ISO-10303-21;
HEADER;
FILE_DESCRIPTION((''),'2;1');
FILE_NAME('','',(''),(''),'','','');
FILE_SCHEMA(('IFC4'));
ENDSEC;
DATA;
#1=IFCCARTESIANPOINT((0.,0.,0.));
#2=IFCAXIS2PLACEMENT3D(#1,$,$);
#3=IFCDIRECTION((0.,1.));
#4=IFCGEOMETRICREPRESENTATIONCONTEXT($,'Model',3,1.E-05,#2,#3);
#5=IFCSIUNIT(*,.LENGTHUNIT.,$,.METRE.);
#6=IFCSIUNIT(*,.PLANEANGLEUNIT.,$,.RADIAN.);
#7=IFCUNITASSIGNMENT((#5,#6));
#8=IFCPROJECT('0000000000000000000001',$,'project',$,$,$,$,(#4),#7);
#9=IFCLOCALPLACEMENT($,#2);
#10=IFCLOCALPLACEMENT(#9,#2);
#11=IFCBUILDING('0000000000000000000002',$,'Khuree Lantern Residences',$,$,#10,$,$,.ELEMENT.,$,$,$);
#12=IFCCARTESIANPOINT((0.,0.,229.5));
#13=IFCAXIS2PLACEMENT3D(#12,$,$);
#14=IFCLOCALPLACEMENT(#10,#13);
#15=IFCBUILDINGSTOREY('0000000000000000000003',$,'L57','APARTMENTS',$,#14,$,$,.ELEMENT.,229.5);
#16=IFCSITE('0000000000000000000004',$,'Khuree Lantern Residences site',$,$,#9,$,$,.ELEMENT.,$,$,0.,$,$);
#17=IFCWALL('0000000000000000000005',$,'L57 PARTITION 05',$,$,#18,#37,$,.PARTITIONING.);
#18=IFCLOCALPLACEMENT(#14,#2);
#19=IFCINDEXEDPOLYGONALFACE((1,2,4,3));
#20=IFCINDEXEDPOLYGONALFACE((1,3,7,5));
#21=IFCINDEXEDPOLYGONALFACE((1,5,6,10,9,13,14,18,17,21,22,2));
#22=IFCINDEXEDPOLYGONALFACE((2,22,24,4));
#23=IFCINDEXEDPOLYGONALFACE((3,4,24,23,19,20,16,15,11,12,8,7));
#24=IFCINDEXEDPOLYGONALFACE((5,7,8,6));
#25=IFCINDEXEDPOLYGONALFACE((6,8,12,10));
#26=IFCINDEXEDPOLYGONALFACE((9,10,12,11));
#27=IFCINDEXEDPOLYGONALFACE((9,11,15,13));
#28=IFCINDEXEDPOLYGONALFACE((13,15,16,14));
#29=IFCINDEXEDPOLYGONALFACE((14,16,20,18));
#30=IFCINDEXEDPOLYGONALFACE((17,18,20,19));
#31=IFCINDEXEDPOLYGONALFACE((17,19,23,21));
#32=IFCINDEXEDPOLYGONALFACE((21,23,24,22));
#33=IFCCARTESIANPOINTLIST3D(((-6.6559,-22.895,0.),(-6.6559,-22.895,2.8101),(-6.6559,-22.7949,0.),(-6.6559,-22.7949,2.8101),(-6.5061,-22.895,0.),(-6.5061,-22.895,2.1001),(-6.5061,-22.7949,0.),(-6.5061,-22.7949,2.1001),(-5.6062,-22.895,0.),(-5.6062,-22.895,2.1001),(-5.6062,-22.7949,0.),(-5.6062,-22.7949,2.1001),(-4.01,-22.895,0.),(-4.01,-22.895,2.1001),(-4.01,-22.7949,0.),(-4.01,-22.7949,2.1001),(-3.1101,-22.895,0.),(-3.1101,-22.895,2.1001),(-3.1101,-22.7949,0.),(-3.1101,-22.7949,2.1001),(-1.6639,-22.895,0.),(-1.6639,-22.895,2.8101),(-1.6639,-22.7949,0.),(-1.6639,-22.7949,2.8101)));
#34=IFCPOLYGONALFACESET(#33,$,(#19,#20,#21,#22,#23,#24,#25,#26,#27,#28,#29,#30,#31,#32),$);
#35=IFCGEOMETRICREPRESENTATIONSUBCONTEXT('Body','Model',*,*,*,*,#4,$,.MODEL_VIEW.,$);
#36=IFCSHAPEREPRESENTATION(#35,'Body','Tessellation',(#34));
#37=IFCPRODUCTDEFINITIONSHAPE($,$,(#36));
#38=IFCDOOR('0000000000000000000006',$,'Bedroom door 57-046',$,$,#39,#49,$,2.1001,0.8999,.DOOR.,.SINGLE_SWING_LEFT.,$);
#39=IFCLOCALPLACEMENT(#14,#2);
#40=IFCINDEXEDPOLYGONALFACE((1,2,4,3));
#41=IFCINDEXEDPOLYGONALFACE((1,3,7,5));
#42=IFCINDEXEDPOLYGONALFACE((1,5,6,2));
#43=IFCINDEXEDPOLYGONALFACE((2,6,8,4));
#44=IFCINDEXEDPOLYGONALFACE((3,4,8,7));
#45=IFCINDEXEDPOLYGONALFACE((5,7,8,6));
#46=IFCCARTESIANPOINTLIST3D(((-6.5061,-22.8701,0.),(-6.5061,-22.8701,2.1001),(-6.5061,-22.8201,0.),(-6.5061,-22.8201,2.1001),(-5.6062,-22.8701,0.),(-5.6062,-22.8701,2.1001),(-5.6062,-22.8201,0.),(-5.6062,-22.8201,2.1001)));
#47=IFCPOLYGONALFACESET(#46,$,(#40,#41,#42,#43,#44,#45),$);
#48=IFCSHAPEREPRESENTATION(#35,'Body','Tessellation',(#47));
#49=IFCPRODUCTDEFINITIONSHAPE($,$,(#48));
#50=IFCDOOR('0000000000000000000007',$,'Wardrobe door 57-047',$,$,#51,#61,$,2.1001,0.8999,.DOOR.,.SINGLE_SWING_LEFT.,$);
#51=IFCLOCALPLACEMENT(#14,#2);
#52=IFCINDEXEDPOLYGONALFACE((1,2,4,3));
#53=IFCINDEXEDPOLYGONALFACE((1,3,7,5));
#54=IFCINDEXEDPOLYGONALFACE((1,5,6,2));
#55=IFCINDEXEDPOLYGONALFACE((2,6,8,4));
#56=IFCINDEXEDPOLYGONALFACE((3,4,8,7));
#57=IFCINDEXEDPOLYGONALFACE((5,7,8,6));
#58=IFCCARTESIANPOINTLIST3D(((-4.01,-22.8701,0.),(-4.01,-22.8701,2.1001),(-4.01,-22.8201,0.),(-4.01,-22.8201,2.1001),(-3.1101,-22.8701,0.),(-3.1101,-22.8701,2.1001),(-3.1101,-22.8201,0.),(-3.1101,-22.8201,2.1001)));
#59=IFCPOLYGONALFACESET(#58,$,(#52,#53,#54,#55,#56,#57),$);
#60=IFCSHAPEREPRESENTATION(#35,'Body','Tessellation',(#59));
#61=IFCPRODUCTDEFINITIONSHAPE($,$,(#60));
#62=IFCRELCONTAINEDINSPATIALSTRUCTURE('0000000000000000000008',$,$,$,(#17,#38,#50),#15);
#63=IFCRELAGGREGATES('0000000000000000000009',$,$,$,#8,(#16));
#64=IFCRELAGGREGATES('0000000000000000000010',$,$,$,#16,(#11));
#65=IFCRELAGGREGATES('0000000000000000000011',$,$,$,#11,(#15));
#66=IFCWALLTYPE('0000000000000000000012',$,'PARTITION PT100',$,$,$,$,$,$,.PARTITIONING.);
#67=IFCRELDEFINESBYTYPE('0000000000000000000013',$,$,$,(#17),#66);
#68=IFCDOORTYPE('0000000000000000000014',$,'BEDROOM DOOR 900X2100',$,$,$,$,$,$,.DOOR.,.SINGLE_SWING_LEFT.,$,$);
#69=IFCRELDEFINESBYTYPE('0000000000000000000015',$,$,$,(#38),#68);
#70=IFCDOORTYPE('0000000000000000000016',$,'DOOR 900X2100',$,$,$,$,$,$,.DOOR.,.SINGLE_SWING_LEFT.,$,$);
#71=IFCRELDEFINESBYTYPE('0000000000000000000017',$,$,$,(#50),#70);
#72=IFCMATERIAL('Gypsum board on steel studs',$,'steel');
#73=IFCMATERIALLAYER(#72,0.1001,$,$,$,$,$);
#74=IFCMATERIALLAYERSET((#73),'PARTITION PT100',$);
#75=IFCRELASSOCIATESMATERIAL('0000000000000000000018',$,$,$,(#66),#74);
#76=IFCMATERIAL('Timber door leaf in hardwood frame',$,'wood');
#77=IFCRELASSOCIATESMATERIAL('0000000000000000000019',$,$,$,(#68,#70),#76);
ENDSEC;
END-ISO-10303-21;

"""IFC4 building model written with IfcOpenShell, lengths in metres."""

from ifc_helpers import new_model, si_unit, direction, frame, frame_2d, origin, place, context, subcontext, project, spatial, rectangle, extrude, material, layer, layer_set, type_object, element, fill, save


model = new_model("IFC4")

# Units and contexts
model_context = context("Model", 3, precision=1e-05, world=origin(), true_north=direction((0.0, 1.0)))
body_context = subcontext(model_context, "Body", "Model", "MODEL_VIEW")
ifc_project = project(units=[si_unit("LENGTHUNIT", "METRE"), si_unit("PLANEANGLEUNIT", "RADIAN")], contexts=[model_context])

# Site, building, storey
site_placement = place(None, origin())
site = spatial("IfcSite", under=ifc_project, at=site_placement, Name="Khuree Lantern Residences site", CompositionType="ELEMENT", RefElevation=0.0)
building_placement = place(site_placement, origin())
building = spatial("IfcBuilding", under=site, at=building_placement, Name="Khuree Lantern Residences", CompositionType="ELEMENT")
storey_placement = place(building_placement, frame((0.0, 0.0, 229.5)))
storey = spatial("IfcBuildingStorey", under=building, at=storey_placement, Name="L57", Description="APARTMENTS", CompositionType="ELEMENT", Elevation=229.5)

# Shared definitions
ifc_material_1 = material(Name="Gypsum board on steel studs", Category="steel")
ifc_layer_1 = layer(ifc_material_1, 0.1001)
ifc_layer_set_1 = layer_set([ifc_layer_1], Name="PARTITION PT100")
wall_type_1 = type_object("IfcWallType", Name="PARTITION PT100", PredefinedType="PARTITIONING", material=ifc_layer_set_1)

# Shared definitions
ifc_material_2 = material(Name="Timber door leaf in hardwood frame", Category="wood")
door_type_1 = type_object("IfcDoorType", Name="BEDROOM DOOR 900X2100", OperationType="SINGLE_SWING_LEFT", PredefinedType="DOOR", material=ifc_material_2)

# Wall, openings, doors
wall_1_placement = place(storey_placement, frame((-6.656, -22.845, 0.0), z_axis=(0.0, 0.0, 1.0), x_axis=(1.0, 0.0, 0.0)))
wall_1 = element("IfcWall", 1, at=wall_1_placement, inside=storey, type_object=wall_type_1, Name="L57 PARTITION 05", PredefinedType="PARTITIONING", context=body_context, shape_type="SweptSolid", body=[
    extrude(rectangle(XDim=4.9919, YDim=0.1001, at=frame_2d((2.4961, 0.0))), origin(), (0.0, 0.0, 1.0), 2.8101),
])
opening_1_placement = place(wall_1_placement, frame((0.1499, 0.0, 0.0)))
opening_1 = element("IfcOpeningElement", 2, at=opening_1_placement, cuts=wall_1, PredefinedType="OPENING", context=body_context, shape_type="SweptSolid", body=[
    extrude(rectangle(XDim=0.8999, YDim=2.1001, at=frame_2d((0.45, 1.05))), frame((0.0, 0.0601, 0.0), z_axis=(0.0, -1.0, 0.0), x_axis=(1.0, 0.0, 0.0)), (0.0, 0.0, 1.0), 0.1201),
])
opening_2_placement = place(wall_1_placement, frame((2.646, 0.0, 0.0)))
opening_2 = element("IfcOpeningElement", 3, at=opening_2_placement, cuts=wall_1, PredefinedType="OPENING", context=body_context, shape_type="SweptSolid", body=[
    extrude(rectangle(XDim=0.8999, YDim=2.1001, at=frame_2d((0.45, 1.05))), frame((0.0, 0.0601, 0.0), z_axis=(0.0, -1.0, 0.0), x_axis=(1.0, 0.0, 0.0)), (0.0, 0.0, 1.0), 0.1201),
])
door_1_placement = place(opening_1_placement, origin())
door_1 = element("IfcDoor", 4, at=door_1_placement, inside=storey, type_object=door_type_1, Name="Bedroom door 57-046", OperationType="SINGLE_SWING_LEFT", OverallHeight=2.1001, OverallWidth=0.8999, PredefinedType="DOOR", context=body_context, shape_type="SweptSolid", body=[
    extrude(rectangle(XDim=0.8999, YDim=2.1001, at=frame_2d((0.45, 1.05))), frame((0.0, 0.0249, 0.0), z_axis=(0.0, -1.0, 0.0), x_axis=(1.0, 0.0, 0.0)), (0.0, 0.0, 1.0), 0.05),
])
fill(opening_1, door_1)
door_type_2 = type_object("IfcDoorType", Name="DOOR 900X2100", OperationType="SINGLE_SWING_LEFT", PredefinedType="DOOR", material=ifc_material_2)
door_2_placement = place(opening_2_placement, origin())
door_2 = element("IfcDoor", 5, at=door_2_placement, inside=storey, type_object=door_type_2, Name="Wardrobe door 57-047", OperationType="SINGLE_SWING_LEFT", OverallHeight=2.1001, OverallWidth=0.8999, PredefinedType="DOOR", context=body_context, shape_type="SweptSolid", body=[
    extrude(rectangle(XDim=0.8999, YDim=2.1001, at=frame_2d((0.45, 1.05))), frame((0.0, 0.0249, 0.0), z_axis=(0.0, -1.0, 0.0), x_axis=(1.0, 0.0, 0.0)), (0.0, 0.0, 1.0), 0.05),
])
fill(opening_2, door_2)

save(model, "model.ifc")
